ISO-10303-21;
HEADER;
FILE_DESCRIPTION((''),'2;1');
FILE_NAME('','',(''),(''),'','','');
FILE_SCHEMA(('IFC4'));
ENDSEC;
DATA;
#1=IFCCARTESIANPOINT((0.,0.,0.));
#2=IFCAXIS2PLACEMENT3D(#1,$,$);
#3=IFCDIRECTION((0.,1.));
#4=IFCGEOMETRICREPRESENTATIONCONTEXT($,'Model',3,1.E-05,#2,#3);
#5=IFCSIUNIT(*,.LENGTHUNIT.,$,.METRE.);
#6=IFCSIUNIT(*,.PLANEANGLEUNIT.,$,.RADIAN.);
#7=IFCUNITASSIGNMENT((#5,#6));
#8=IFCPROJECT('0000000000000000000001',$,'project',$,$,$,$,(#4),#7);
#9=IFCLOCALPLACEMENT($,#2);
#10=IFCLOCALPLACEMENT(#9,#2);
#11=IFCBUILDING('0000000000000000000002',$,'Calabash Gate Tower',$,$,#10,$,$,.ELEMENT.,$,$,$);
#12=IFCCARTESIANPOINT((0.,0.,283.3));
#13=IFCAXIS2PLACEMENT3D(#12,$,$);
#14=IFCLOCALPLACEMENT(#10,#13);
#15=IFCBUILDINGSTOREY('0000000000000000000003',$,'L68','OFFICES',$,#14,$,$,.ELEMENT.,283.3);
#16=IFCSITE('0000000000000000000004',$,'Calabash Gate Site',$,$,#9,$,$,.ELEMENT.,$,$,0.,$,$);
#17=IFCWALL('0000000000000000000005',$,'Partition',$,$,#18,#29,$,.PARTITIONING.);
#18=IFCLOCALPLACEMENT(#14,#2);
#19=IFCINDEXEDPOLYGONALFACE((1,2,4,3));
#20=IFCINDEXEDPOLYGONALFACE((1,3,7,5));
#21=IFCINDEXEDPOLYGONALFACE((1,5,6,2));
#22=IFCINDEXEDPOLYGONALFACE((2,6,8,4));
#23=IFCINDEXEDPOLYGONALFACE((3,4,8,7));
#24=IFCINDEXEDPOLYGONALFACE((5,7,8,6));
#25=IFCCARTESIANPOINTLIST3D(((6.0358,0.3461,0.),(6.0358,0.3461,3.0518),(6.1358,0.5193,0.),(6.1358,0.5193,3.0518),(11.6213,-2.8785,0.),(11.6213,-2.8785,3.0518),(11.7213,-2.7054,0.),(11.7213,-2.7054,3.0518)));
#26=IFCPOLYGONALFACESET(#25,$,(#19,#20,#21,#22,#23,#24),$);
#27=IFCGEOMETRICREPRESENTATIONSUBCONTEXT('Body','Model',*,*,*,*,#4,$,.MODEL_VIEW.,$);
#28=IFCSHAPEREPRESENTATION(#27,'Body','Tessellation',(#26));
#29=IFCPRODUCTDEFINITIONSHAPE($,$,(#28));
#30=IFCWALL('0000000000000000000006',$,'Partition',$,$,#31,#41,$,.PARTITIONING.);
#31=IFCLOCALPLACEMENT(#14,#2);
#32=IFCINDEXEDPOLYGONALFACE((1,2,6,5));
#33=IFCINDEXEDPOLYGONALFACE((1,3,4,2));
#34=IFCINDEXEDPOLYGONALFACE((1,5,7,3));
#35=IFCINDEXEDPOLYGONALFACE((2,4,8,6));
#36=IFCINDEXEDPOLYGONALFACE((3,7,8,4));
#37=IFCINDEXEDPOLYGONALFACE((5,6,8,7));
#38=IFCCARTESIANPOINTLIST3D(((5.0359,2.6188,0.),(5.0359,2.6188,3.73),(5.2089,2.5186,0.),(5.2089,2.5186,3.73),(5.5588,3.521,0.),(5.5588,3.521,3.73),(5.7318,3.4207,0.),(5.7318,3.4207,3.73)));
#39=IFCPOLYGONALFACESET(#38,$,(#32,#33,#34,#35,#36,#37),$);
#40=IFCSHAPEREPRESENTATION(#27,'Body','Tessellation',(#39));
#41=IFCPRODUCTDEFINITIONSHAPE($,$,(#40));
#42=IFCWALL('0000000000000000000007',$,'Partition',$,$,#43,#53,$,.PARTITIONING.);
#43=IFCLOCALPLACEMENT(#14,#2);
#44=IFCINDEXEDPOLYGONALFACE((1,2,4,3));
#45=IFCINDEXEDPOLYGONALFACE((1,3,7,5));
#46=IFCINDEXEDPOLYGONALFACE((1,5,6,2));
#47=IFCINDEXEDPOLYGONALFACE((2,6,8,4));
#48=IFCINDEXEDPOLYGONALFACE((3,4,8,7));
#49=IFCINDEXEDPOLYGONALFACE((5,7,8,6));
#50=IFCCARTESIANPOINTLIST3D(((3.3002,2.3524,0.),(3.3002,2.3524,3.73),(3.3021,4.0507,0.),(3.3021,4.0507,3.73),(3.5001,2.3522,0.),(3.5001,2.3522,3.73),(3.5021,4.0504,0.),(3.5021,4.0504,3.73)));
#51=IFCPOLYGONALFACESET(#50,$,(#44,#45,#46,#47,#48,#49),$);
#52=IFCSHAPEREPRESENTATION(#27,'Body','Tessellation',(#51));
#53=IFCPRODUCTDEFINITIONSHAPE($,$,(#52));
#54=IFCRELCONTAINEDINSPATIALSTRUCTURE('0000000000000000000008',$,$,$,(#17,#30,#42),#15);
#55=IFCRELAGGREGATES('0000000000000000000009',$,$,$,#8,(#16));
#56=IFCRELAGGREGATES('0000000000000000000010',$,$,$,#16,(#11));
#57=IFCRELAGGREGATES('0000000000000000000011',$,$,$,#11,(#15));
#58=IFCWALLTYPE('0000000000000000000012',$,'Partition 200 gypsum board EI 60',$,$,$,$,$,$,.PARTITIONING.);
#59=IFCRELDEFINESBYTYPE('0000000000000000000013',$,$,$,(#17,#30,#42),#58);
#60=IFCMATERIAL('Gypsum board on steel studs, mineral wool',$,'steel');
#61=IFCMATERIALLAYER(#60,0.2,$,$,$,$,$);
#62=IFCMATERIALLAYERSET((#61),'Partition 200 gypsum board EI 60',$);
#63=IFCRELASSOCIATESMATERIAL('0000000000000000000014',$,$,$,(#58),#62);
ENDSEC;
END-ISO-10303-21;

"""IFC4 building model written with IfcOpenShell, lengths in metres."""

from ifc_helpers import new_model, si_unit, direction, frame, frame_2d, origin, place, context, subcontext, project, spatial, rectangle, extrude, material, layer, layer_set, type_object, element, save


model = new_model("IFC4")

# Units and contexts
model_context = context("Model", 3, precision=1e-05, world=origin(), true_north=direction((0.0, 1.0)))
body_context = subcontext(model_context, "Body", "Model", "MODEL_VIEW")
ifc_project = project(units=[si_unit("LENGTHUNIT", "METRE"), si_unit("PLANEANGLEUNIT", "RADIAN")], contexts=[model_context])

# Site, building, storey
site_placement = place(None, origin())
site = spatial("IfcSite", under=ifc_project, at=site_placement, Name="Calabash Gate Site", CompositionType="ELEMENT", RefElevation=0.0)
building_placement = place(site_placement, origin())
building = spatial("IfcBuilding", under=site, at=building_placement, Name="Calabash Gate Tower", CompositionType="ELEMENT")
storey_placement = place(building_placement, frame((0.0, 0.0, 283.3)))
storey = spatial("IfcBuildingStorey", under=building, at=storey_placement, Name="L68", Description="OFFICES", CompositionType="ELEMENT", Elevation=283.3)

# Walls
ifc_material_1 = material(Name="Gypsum board on steel studs, mineral wool", Category="steel")
ifc_layer_1 = layer(ifc_material_1, 0.2)
ifc_layer_set_1 = layer_set([ifc_layer_1], Name="Partition 200 gypsum board EI 60")
wall_type_1 = type_object("IfcWallType", Name="Partition 200 gypsum board EI 60", PredefinedType="PARTITIONING", material=ifc_layer_set_1)
wall_1_placement = place(storey_placement, frame((6.0859, 0.4326, 0.0), z_axis=(0.0, 0.0, 1.0), x_axis=(0.866036, -0.499982, 0.0)))
element("IfcWall", 1, at=wall_1_placement, inside=storey, type_object=wall_type_1, Name="Partition", PredefinedType="PARTITIONING", context=body_context, shape_type="SweptSolid", body=[
    extrude(rectangle(XDim=6.4495, YDim=0.2, at=frame_2d((3.2246, 0.0))), origin(), (0.0, 0.0, 1.0), 3.0518),
])
wall_2_placement = place(storey_placement, frame((5.1223, 2.5686, 0.0), z_axis=(0.0, 0.0, 1.0), x_axis=(0.501525, 0.865143, 0.0)))
element("IfcWall", 2, at=wall_2_placement, inside=storey, type_object=wall_type_1, Name="Partition", PredefinedType="PARTITIONING", context=body_context, shape_type="SweptSolid", body=[
    extrude(rectangle(XDim=1.0427, YDim=0.2, at=frame_2d((0.5215, 0.0))), origin(), (0.0, 0.0, 1.0), 3.73),
])

# Wall
wall_3_placement = place(storey_placement, frame((3.4001, 2.3523, 0.0), z_axis=(0.0, 0.0, 1.0), x_axis=(0.00115, 0.999999, 0.0)))
element("IfcWall", 3, at=wall_3_placement, inside=storey, type_object=wall_type_1, Name="Partition", PredefinedType="PARTITIONING", context=body_context, shape_type="SweptSolid", body=[
    extrude(rectangle(XDim=1.6982, YDim=0.2, at=frame_2d((0.8491, 0.0))), origin(), (0.0, 0.0, 1.0), 3.73),
])

save(model, "model.ifc")
